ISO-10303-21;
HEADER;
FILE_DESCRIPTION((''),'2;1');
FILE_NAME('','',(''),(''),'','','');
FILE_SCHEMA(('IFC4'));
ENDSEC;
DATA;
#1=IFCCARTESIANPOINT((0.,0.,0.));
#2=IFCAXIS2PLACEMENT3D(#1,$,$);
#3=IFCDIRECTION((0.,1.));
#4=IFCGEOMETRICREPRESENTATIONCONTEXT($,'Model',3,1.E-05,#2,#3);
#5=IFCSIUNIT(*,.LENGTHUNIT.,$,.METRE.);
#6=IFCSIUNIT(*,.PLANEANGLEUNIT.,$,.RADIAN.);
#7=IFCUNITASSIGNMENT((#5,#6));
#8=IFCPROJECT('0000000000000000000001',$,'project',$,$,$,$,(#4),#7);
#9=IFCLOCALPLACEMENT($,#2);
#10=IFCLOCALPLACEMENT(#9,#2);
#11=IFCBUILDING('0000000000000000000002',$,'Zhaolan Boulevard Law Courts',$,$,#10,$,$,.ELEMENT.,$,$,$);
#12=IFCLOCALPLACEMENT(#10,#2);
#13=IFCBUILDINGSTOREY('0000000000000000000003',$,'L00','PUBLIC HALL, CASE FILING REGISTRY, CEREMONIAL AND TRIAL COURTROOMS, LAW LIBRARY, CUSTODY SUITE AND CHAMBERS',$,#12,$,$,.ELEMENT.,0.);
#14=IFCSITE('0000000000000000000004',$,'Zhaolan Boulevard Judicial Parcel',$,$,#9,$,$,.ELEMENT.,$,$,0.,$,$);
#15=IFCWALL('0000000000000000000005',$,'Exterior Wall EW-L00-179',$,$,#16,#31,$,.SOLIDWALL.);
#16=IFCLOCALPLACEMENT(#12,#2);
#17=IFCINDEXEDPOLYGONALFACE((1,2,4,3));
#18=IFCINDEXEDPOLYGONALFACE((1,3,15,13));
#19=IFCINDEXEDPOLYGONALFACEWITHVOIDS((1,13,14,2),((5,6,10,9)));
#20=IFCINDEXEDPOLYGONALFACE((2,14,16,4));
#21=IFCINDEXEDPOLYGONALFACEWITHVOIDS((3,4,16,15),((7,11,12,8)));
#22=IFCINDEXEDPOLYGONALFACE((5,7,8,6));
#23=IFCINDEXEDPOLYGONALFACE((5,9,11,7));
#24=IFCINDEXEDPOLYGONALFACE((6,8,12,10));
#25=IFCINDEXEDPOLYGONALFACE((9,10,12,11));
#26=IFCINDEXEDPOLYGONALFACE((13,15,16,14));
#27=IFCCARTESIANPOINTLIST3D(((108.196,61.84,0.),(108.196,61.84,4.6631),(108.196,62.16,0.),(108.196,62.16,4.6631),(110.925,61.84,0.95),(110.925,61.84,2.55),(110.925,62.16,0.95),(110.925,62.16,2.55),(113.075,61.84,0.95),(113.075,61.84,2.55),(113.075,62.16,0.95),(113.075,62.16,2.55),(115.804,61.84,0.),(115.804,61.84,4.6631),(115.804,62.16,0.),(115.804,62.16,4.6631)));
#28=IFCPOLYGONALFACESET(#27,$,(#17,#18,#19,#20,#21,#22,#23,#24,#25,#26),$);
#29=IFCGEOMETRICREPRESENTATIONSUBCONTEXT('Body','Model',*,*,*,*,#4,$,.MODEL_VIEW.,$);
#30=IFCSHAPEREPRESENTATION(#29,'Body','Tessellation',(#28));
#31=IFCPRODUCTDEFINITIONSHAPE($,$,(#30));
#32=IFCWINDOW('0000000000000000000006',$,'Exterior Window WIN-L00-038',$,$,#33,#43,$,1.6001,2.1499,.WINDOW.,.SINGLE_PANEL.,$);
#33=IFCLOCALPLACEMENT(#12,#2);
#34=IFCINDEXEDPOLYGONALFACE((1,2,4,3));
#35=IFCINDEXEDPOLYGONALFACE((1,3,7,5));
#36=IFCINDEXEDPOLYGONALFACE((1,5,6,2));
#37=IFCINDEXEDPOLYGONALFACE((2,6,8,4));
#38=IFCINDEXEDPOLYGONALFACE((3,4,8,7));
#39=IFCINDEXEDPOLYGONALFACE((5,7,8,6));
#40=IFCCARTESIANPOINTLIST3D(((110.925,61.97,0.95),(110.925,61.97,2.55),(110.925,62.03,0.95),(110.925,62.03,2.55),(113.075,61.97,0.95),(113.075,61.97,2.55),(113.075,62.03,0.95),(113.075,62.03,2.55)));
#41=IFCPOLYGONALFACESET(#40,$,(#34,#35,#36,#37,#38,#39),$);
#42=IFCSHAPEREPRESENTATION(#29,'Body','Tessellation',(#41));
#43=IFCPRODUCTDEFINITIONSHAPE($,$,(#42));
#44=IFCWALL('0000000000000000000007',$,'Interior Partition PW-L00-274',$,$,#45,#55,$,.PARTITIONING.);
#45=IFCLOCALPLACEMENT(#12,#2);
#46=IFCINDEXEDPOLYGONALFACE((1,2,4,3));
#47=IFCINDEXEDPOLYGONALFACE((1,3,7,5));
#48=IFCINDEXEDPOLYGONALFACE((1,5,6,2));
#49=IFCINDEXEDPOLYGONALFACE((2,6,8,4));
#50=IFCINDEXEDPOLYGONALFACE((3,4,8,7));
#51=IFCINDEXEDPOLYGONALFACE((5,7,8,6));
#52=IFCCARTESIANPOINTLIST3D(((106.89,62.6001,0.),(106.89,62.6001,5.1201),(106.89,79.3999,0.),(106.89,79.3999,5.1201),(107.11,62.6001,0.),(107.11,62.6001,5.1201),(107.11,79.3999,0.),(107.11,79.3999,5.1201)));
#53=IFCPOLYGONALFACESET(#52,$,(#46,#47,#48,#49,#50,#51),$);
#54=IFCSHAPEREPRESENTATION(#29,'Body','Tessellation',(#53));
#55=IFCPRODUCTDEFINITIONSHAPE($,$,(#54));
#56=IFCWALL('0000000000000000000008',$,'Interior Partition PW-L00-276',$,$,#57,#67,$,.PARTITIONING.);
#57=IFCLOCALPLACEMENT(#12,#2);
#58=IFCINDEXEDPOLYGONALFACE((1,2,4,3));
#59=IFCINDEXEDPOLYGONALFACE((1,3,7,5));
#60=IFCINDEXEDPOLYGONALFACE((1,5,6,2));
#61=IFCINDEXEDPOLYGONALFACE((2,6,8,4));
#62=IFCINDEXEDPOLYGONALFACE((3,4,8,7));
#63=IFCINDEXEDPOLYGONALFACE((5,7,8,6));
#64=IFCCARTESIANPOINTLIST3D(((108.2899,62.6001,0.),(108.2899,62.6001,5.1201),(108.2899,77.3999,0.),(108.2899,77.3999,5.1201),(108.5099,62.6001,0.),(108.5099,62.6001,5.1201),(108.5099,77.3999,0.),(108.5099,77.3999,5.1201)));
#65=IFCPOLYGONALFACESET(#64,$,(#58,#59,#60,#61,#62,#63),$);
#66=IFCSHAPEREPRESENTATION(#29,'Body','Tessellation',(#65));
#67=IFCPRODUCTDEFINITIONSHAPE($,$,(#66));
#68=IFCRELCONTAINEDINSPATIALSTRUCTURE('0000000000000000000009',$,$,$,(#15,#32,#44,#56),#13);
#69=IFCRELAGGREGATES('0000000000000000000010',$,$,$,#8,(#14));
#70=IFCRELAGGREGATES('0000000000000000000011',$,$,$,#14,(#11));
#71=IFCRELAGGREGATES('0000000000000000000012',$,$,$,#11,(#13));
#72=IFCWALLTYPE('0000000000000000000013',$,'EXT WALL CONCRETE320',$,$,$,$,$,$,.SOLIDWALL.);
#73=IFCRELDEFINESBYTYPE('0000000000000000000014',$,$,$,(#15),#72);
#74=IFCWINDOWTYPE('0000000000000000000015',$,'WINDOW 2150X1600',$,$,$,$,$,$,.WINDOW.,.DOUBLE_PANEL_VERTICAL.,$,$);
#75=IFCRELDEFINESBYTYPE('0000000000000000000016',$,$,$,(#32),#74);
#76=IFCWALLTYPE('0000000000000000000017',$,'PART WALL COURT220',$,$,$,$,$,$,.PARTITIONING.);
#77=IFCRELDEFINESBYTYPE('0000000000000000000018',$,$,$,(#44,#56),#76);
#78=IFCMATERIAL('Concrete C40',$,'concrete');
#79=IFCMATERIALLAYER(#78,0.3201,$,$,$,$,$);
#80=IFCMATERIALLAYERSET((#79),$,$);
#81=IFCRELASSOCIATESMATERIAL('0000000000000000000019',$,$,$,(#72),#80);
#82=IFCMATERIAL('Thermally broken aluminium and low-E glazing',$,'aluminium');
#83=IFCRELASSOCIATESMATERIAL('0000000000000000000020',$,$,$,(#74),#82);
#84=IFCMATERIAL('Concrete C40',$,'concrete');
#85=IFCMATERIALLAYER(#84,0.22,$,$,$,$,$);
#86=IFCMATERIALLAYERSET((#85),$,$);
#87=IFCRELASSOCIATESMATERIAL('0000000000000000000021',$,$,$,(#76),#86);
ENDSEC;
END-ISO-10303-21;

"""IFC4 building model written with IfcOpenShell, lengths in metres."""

from ifc_helpers import new_model, si_unit, direction, frame, frame_2d, origin, place, context, subcontext, project, spatial, rectangle, extrude, material, layer, layer_set, type_object, element, fill, save


model = new_model("IFC4")

# Units and contexts
model_context = context("Model", 3, precision=1e-05, world=origin(), true_north=direction((0.0, 1.0)))
body_context = subcontext(model_context, "Body", "Model", "MODEL_VIEW")
ifc_project = project(units=[si_unit("LENGTHUNIT", "METRE"), si_unit("PLANEANGLEUNIT", "RADIAN")], contexts=[model_context])

# Site, building, storey
site_placement = place(None, origin())
site = spatial("IfcSite", under=ifc_project, at=site_placement, Name="Zhaolan Boulevard Judicial Parcel", CompositionType="ELEMENT", RefElevation=0.0)
building_placement = place(site_placement, origin())
building = spatial("IfcBuilding", under=site, at=building_placement, Name="Zhaolan Boulevard Law Courts", CompositionType="ELEMENT")
storey_placement = place(building_placement, origin())
storey = spatial("IfcBuildingStorey", under=building, at=storey_placement, Name="L00", Description="PUBLIC HALL, CASE FILING REGISTRY, CEREMONIAL AND TRIAL COURTROOMS, LAW LIBRARY, CUSTODY SUITE AND CHAMBERS", CompositionType="ELEMENT", Elevation=0.0)

# Wall, opening, window
ifc_material_1 = material(Name="Concrete C40", Category="concrete")
ifc_layer_1 = layer(ifc_material_1, 0.3201)
ifc_layer_set_1 = layer_set([ifc_layer_1])
wall_type_1 = type_object("IfcWallType", Name="EXT WALL CONCRETE320", PredefinedType="SOLIDWALL", material=ifc_layer_set_1)
wall_1_placement = place(storey_placement, frame((108.196, 62.0, 0.0), z_axis=(0.0, 0.0, 1.0), x_axis=(1.0, 0.0, 0.0)))
wall_1 = element("IfcWall", 1, at=wall_1_placement, inside=storey, type_object=wall_type_1, Name="Exterior Wall EW-L00-179", PredefinedType="SOLIDWALL", context=body_context, shape_type="SweptSolid", body=[
    extrude(rectangle(XDim=7.6079, YDim=0.3201, at=frame_2d((3.804, 0.0))), origin(), (0.0, 0.0, 1.0), 4.6631),
])
opening_1_placement = place(wall_1_placement, frame((2.729, 0.0, 0.95)))
opening_1 = element("IfcOpeningElement", 2, at=opening_1_placement, cuts=wall_1, PredefinedType="OPENING", context=body_context, shape_type="SweptSolid", body=[
    extrude(rectangle(XDim=2.1499, YDim=1.6001, at=frame_2d((1.075, 0.8))), frame((0.0, 0.1699, 0.0), z_axis=(0.0, -1.0, 0.0), x_axis=(1.0, 0.0, 0.0)), (0.0, 0.0, 1.0), 0.3401),
])
ifc_material_2 = material(Name="Thermally broken aluminium and low-E glazing", Category="aluminium")
window_type_1 = type_object("IfcWindowType", Name="WINDOW 2150X1600", PartitioningType="DOUBLE_PANEL_VERTICAL", PredefinedType="WINDOW", material=ifc_material_2)
window_1_placement = place(opening_1_placement, origin())
window_1 = element("IfcWindow", 3, at=window_1_placement, inside=storey, type_object=window_type_1, Name="Exterior Window WIN-L00-038", OverallHeight=1.6001, OverallWidth=2.1499, PartitioningType="SINGLE_PANEL", PredefinedType="WINDOW", context=body_context, shape_type="SweptSolid", body=[
    extrude(rectangle(XDim=2.1499, YDim=1.6001, at=frame_2d((1.075, 0.8))), frame((0.0, 0.03, 0.0), z_axis=(0.0, -1.0, 0.0), x_axis=(1.0, 0.0, 0.0)), (0.0, 0.0, 1.0), 0.0601),
])
fill(opening_1, window_1)

# Walls
ifc_material_3 = material(Name="Concrete C40", Category="concrete")
ifc_layer_2 = layer(ifc_material_3, 0.22)
ifc_layer_set_2 = layer_set([ifc_layer_2])
wall_type_2 = type_object("IfcWallType", Name="PART WALL COURT220", PredefinedType="PARTITIONING", material=ifc_layer_set_2)
wall_2_placement = place(storey_placement, frame((107.0, 62.6001, 0.0), z_axis=(0.0, 0.0, 1.0), x_axis=(0.0, 1.0, 0.0)))
element("IfcWall", 4, at=wall_2_placement, inside=storey, type_object=wall_type_2, Name="Interior Partition PW-L00-274", PredefinedType="PARTITIONING", context=body_context, shape_type="SweptSolid", body=[
    extrude(rectangle(XDim=16.7998, YDim=0.22, at=frame_2d((8.3999, 0.0))), origin(), (0.0, 0.0, 1.0), 5.1201),
])
wall_3_placement = place(storey_placement, frame((108.3999, 77.3999, 0.0), z_axis=(0.0, 0.0, 1.0), x_axis=(0.0, -1.0, 0.0)))
element("IfcWall", 5, at=wall_3_placement, inside=storey, type_object=wall_type_2, Name="Interior Partition PW-L00-276", PredefinedType="PARTITIONING", context=body_context, shape_type="SweptSolid", body=[
    extrude(rectangle(XDim=14.7998, YDim=0.22, at=frame_2d((7.3999, 0.0))), origin(), (0.0, 0.0, 1.0), 5.1201),
])

save(model, "model.ifc")
